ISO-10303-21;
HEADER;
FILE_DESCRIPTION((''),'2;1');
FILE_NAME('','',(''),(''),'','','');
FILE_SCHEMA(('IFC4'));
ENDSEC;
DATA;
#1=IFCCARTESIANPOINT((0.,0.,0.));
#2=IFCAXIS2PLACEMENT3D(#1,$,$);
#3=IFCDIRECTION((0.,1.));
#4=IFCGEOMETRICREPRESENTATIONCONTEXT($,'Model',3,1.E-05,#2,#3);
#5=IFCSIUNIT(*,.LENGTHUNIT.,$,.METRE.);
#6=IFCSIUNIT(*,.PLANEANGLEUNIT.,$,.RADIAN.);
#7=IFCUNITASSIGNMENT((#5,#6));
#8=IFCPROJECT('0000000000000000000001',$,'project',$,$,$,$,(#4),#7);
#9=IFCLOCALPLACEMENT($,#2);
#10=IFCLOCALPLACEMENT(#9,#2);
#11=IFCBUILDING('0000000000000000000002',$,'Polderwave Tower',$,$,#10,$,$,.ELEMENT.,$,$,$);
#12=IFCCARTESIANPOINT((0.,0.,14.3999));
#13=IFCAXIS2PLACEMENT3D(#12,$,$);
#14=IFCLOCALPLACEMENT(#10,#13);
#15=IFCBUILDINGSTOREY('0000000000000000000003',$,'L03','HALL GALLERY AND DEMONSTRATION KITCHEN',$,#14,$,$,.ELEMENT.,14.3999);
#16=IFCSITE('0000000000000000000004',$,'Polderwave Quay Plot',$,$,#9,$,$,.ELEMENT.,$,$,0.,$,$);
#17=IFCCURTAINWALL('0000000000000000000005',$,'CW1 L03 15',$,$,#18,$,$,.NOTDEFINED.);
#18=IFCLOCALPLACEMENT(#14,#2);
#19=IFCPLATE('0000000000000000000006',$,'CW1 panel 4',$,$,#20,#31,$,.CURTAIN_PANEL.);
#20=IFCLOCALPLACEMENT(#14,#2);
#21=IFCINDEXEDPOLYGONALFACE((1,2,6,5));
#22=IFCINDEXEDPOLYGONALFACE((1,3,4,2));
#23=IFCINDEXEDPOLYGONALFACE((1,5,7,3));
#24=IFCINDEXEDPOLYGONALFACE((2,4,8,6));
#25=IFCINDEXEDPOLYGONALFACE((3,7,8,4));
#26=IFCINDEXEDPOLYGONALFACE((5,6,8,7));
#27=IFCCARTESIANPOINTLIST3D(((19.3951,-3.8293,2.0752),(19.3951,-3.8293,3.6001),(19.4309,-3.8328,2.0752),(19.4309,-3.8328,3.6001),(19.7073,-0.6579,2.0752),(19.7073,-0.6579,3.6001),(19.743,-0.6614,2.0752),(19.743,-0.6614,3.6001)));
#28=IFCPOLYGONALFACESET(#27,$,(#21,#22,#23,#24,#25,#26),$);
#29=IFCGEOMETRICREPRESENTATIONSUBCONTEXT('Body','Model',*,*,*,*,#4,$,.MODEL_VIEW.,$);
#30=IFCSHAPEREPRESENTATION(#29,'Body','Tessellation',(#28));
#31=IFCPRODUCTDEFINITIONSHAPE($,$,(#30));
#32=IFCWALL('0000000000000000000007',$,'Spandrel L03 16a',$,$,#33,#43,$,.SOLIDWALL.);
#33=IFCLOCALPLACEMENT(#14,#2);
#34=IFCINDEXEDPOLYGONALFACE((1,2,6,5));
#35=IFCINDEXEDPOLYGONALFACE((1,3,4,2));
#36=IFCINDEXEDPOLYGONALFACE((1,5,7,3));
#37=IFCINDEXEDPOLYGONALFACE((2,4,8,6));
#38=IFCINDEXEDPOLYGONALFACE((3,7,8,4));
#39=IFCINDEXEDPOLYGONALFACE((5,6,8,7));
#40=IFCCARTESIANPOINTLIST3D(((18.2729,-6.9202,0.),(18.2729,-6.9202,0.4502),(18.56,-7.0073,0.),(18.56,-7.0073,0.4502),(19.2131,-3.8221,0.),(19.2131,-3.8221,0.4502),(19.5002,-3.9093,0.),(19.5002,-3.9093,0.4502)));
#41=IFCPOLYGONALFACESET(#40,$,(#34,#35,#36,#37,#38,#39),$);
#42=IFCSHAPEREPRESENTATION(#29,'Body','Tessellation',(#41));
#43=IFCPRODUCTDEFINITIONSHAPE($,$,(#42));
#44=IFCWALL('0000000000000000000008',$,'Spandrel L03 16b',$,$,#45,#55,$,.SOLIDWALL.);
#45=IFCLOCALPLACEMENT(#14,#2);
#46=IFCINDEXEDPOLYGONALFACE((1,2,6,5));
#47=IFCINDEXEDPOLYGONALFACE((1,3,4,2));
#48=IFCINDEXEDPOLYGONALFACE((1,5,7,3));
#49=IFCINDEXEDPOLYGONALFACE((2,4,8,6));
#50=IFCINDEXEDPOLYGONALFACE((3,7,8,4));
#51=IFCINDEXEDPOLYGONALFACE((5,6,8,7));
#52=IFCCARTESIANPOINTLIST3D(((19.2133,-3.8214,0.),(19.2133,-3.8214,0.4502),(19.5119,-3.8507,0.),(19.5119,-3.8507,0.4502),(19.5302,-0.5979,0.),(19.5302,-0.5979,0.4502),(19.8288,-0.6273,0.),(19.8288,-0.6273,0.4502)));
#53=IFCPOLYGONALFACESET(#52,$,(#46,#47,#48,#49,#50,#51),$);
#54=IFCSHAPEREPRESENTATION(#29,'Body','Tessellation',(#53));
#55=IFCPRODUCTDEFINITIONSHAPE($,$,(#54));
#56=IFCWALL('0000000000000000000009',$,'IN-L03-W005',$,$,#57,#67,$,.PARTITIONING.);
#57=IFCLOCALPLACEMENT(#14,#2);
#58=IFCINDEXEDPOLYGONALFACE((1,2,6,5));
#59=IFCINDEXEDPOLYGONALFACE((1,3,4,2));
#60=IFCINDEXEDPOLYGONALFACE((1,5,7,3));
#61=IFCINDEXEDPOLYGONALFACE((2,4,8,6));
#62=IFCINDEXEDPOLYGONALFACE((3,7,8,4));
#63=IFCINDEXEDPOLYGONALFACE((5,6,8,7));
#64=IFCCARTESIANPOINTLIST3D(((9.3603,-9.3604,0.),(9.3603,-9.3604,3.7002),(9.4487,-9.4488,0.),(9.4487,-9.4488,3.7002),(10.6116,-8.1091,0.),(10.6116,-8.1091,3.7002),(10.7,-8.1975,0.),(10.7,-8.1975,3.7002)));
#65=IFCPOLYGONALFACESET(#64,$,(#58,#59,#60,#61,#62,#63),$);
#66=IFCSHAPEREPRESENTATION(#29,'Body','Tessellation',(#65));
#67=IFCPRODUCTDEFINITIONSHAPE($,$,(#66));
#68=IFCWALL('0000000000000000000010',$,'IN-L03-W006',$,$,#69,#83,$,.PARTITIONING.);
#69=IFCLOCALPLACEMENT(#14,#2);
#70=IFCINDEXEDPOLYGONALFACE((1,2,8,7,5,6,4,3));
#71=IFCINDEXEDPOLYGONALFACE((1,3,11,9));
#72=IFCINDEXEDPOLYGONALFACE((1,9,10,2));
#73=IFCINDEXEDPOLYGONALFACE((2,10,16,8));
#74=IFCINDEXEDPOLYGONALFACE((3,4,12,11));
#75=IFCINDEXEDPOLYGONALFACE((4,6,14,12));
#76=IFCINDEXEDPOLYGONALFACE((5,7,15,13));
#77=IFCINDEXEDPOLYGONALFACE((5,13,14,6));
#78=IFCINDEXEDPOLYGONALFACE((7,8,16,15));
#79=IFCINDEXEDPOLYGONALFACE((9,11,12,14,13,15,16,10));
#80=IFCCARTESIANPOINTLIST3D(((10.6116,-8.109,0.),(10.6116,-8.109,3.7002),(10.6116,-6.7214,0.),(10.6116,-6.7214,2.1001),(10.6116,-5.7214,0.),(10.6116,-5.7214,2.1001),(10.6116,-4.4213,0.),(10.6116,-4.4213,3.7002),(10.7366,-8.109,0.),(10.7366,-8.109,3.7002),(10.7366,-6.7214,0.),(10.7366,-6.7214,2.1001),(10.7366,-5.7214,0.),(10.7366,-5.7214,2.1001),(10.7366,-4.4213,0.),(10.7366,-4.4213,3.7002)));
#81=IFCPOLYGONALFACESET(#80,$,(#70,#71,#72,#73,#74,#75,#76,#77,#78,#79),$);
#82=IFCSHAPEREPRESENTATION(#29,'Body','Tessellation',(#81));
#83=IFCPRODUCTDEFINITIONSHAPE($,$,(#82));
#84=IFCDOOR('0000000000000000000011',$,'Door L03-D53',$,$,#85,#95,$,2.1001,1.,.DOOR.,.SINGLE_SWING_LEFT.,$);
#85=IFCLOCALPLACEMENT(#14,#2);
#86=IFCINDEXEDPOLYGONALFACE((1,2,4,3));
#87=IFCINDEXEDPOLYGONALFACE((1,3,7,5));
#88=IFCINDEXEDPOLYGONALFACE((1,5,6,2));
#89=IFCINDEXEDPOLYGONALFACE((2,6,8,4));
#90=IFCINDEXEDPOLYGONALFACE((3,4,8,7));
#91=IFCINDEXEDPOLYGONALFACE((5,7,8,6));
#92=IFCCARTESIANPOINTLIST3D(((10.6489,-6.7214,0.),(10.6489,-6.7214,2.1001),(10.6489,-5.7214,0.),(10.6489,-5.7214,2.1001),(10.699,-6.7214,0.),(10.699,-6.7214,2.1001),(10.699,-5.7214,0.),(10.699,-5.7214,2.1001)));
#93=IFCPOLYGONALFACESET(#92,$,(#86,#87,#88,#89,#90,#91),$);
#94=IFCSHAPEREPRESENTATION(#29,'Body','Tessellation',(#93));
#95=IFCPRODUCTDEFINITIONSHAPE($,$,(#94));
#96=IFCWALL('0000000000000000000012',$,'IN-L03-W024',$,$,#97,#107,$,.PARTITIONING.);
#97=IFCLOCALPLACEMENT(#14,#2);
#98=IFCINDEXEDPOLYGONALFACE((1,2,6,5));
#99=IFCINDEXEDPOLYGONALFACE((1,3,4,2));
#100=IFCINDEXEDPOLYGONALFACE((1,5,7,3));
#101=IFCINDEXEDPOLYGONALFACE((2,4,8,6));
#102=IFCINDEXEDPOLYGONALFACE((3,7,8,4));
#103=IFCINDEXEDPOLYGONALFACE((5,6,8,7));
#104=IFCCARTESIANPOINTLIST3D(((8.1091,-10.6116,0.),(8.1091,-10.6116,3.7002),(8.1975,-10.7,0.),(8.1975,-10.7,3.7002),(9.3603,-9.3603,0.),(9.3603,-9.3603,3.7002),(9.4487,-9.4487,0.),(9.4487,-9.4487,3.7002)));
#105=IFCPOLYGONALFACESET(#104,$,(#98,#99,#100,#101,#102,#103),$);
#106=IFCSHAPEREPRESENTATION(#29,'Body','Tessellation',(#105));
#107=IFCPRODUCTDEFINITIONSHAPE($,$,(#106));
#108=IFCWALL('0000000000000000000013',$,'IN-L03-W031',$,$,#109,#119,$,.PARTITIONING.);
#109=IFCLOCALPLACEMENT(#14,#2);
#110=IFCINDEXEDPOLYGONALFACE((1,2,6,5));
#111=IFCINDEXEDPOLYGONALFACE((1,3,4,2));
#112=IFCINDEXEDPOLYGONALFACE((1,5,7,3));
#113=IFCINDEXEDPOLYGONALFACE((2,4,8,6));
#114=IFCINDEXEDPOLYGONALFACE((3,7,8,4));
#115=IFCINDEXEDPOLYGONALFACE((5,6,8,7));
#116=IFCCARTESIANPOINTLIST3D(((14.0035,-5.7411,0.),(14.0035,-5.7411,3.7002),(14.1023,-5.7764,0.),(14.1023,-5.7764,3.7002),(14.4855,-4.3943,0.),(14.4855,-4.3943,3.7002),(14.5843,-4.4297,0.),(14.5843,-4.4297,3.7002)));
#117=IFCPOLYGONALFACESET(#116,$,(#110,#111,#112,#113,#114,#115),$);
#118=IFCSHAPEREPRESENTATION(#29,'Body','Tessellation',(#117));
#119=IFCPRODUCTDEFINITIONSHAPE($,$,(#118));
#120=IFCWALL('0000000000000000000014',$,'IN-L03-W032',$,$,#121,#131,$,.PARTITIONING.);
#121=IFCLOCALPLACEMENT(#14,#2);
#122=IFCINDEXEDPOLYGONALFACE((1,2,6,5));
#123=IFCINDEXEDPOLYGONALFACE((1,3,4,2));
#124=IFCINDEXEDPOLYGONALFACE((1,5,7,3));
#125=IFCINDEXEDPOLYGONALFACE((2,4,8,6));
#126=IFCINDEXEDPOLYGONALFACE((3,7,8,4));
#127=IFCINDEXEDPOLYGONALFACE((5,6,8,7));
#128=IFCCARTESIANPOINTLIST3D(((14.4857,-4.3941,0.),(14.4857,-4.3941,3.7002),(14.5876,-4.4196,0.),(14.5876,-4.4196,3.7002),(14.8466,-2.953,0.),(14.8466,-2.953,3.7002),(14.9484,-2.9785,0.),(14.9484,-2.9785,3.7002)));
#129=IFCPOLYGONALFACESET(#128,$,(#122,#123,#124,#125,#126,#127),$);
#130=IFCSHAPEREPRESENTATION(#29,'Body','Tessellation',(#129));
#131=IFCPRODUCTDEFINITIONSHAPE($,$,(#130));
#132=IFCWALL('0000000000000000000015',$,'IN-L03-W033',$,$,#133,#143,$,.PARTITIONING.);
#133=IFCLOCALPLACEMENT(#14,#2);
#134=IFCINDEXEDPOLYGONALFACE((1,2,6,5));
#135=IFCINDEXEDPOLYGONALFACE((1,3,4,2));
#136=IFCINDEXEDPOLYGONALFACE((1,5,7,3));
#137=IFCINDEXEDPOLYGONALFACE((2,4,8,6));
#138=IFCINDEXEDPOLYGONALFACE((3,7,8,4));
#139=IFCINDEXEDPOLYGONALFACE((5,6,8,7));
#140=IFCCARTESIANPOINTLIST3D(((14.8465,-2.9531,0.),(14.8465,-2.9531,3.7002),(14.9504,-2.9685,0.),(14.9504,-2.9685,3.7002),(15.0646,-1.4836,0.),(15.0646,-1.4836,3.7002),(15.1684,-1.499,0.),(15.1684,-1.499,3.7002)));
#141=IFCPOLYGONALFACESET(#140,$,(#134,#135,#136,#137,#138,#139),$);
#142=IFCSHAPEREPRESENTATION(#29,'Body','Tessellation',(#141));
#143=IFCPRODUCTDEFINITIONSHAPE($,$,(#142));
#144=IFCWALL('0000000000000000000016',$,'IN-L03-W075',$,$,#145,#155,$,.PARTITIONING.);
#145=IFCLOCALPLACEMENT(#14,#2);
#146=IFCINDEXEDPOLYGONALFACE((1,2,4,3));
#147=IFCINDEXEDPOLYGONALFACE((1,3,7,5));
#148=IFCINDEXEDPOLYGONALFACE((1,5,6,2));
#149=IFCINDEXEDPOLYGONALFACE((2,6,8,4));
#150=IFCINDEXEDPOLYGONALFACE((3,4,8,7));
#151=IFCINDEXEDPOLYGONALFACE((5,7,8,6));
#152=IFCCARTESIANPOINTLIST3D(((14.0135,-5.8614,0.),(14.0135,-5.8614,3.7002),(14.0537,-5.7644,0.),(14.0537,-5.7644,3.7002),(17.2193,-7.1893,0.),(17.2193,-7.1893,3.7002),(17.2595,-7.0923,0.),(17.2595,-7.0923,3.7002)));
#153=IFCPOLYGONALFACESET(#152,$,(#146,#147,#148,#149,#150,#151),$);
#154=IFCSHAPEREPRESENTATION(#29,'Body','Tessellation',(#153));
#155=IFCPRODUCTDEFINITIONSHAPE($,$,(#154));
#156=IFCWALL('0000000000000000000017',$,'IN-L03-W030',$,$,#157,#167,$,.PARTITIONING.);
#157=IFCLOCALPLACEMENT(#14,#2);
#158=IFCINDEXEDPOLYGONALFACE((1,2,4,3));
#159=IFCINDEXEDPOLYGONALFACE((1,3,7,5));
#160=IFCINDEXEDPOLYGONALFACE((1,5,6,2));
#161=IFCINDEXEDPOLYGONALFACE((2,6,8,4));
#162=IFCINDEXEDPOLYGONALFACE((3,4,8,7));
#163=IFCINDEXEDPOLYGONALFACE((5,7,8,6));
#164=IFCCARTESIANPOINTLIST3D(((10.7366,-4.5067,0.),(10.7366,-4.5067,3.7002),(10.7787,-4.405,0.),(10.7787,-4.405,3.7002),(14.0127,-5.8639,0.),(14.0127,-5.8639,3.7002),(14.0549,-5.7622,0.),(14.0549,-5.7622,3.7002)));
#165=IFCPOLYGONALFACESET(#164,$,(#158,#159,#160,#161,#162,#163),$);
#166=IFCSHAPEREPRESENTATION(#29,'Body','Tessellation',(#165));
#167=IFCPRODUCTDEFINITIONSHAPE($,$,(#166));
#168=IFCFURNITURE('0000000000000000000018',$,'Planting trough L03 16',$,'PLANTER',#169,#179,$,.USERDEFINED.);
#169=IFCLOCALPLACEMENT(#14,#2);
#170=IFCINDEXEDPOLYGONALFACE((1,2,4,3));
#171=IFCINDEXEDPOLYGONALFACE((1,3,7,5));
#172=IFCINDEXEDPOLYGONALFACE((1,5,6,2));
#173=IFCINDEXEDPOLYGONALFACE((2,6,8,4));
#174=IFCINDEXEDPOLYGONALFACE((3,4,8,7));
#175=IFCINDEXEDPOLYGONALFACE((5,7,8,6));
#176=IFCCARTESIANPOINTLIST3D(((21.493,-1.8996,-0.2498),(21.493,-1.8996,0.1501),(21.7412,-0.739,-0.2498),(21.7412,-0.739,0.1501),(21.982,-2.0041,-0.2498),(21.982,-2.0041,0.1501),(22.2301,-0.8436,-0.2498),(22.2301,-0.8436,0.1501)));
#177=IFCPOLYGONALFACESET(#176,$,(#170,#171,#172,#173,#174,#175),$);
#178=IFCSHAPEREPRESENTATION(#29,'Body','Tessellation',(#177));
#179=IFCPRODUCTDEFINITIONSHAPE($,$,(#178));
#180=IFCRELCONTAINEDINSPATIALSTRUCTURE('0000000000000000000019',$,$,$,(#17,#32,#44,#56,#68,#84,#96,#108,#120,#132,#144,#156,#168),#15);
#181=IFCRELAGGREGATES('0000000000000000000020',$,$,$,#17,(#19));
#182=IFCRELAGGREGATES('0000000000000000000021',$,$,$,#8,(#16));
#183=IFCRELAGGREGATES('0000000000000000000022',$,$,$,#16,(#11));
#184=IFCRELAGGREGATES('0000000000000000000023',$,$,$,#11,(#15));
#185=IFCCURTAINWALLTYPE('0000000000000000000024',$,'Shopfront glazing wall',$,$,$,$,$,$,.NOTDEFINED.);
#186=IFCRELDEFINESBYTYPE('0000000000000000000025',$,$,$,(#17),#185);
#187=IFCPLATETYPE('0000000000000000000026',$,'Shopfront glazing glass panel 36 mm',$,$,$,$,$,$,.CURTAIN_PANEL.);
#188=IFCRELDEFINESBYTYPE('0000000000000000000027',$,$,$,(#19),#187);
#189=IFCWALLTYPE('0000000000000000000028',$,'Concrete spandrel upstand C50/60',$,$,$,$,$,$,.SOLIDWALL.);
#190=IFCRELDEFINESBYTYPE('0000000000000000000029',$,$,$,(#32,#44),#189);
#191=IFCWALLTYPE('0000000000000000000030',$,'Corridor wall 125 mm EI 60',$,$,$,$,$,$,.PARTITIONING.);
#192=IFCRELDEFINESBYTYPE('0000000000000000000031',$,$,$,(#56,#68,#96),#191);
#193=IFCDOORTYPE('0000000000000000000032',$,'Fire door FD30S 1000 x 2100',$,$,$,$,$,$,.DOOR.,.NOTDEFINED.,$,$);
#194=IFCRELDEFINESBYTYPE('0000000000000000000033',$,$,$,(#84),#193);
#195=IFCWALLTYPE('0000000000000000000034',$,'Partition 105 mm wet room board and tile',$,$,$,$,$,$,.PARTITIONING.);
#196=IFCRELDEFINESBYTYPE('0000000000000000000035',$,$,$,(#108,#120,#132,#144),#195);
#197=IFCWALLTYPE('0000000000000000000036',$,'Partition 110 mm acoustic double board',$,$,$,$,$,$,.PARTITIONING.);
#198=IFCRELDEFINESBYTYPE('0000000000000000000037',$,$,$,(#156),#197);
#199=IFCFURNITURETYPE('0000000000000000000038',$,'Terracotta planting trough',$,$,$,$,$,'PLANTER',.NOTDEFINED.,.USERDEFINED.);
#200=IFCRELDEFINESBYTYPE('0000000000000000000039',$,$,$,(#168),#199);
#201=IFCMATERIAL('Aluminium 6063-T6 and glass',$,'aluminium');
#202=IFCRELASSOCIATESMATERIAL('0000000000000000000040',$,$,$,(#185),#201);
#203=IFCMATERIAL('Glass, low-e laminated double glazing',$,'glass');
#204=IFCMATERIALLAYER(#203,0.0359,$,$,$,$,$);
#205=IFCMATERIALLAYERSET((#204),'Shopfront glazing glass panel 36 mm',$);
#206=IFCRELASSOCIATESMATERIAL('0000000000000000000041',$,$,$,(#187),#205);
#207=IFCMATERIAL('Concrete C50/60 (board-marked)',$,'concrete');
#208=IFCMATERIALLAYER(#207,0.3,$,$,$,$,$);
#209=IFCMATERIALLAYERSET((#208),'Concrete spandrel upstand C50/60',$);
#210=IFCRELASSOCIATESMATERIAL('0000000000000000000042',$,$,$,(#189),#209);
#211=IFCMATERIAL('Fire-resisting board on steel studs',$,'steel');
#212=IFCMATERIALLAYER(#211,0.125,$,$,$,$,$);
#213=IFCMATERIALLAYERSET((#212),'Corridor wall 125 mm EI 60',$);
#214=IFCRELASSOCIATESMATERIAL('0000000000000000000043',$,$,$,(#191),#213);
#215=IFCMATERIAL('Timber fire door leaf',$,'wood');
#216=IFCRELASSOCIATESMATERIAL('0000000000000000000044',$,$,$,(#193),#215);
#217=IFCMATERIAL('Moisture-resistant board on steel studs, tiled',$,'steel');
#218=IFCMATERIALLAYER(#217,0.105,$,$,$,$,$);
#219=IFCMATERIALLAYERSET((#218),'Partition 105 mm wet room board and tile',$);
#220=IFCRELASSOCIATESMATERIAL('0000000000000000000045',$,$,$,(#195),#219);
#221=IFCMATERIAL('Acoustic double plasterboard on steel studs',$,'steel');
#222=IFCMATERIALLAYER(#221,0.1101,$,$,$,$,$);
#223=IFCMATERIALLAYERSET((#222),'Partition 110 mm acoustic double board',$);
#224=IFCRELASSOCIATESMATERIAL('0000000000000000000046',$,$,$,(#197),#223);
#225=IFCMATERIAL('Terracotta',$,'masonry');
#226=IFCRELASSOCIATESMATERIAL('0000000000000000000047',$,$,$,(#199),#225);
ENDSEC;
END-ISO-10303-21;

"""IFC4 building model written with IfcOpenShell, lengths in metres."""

from ifc_helpers import new_model, si_unit, direction, frame, frame_2d, origin, origin_2d, place, context, subcontext, project, spatial, rectangle, extrude, material, layer, layer_set, type_object, element, fill, aggregate, save


model = new_model("IFC4")

# Units and contexts
model_context = context("Model", 3, precision=1e-05, world=origin(), true_north=direction((0.0, 1.0)))
body_context = subcontext(model_context, "Body", "Model", "MODEL_VIEW")
ifc_project = project(units=[si_unit("LENGTHUNIT", "METRE"), si_unit("PLANEANGLEUNIT", "RADIAN")], contexts=[model_context])

# Site, building, storey
site_placement = place(None, origin())
site = spatial("IfcSite", under=ifc_project, at=site_placement, Name="Polderwave Quay Plot", CompositionType="ELEMENT", RefElevation=0.0)
building_placement = place(site_placement, origin())
building = spatial("IfcBuilding", under=site, at=building_placement, Name="Polderwave Tower", CompositionType="ELEMENT")
storey_placement = place(building_placement, frame((0.0, 0.0, 14.3999)))
storey = spatial("IfcBuildingStorey", under=building, at=storey_placement, Name="L03", Description="HALL GALLERY AND DEMONSTRATION KITCHEN", CompositionType="ELEMENT", Elevation=14.3999)

# Shared definitions
ifc_material_1 = material(Name="Aluminium 6063-T6 and glass", Category="aluminium")
curtain_wall_type = type_object("IfcCurtainWallType", Name="Shopfront glazing wall", PredefinedType="NOTDEFINED", material=ifc_material_1)

# Curtain wall, plate
curtain_wall_1_placement = place(storey_placement, origin())
curtain_wall_1 = element("IfcCurtainWall", 1, at=curtain_wall_1_placement, inside=storey, type_object=curtain_wall_type, Name="CW1 L03 15", PredefinedType="NOTDEFINED")
ifc_material_2 = material(Name="Glass, low-e laminated double glazing", Category="glass")
ifc_layer_1 = layer(ifc_material_2, 0.0359)
ifc_layer_set_1 = layer_set([ifc_layer_1], Name="Shopfront glazing glass panel 36 mm")
plate_type = type_object("IfcPlateType", Name="Shopfront glazing glass panel 36 mm", PredefinedType="CURTAIN_PANEL", material=ifc_layer_set_1)
plate_1_placement = place(storey_placement, frame((19.5691, -2.2454, 2.0752), z_axis=(0.0, 0.0, 1.0), x_axis=(0.097963, 0.99519, 0.0)))
plate_1 = element("IfcPlate", 2, at=plate_1_placement, type_object=plate_type, Name="CW1 panel 4", PredefinedType="CURTAIN_PANEL", context=body_context, shape_type="SweptSolid", body=[
    extrude(rectangle(XDim=3.1868, YDim=0.0359, at=origin_2d()), origin(), (0.0, 0.0, 1.0), 1.5249),
])
aggregate(curtain_wall_1, [plate_1])

# Walls
ifc_material_3 = material(Name="Concrete C50/60 (board-marked)", Category="concrete")
ifc_layer_2 = layer(ifc_material_3, 0.3)
ifc_layer_set_2 = layer_set([ifc_layer_2], Name="Concrete spandrel upstand C50/60")
wall_type_1 = type_object("IfcWallType", Name="Concrete spandrel upstand C50/60", PredefinedType="SOLIDWALL", material=ifc_layer_set_2)
wall_1_placement = place(storey_placement, frame((18.4165, -6.9636, 0.0), z_axis=(0.0, 0.0, 1.0), x_axis=(0.29039, 0.956908, 0.0)))
element("IfcWall", 3, at=wall_1_placement, inside=storey, type_object=wall_type_1, Name="Spandrel L03 16a", PredefinedType="SOLIDWALL", context=body_context, shape_type="SweptSolid", body=[
    extrude(rectangle(XDim=3.2375, YDim=0.3, at=frame_2d((1.6187, 0.0))), origin(), (0.0, 0.0, 1.0), 0.4502),
])
wall_2_placement = place(storey_placement, frame((19.3625, -3.8362, 0.0), z_axis=(0.0, 0.0, 1.0), x_axis=(0.097839, 0.995202, 0.0)))
element("IfcWall", 4, at=wall_2_placement, inside=storey, type_object=wall_type_1, Name="Spandrel L03 16b", PredefinedType="SOLIDWALL", context=body_context, shape_type="SweptSolid", body=[
    extrude(rectangle(XDim=3.239, YDim=0.3, at=frame_2d((1.6196, 0.0))), origin(), (0.0, 0.0, 1.0), 0.4502),
])
ifc_material_4 = material(Name="Fire-resisting board on steel studs", Category="steel")
ifc_layer_3 = layer(ifc_material_4, 0.125)
ifc_layer_set_3 = layer_set([ifc_layer_3], Name="Corridor wall 125 mm EI 60")
wall_type_2 = type_object("IfcWallType", Name="Corridor wall 125 mm EI 60", PredefinedType="PARTITIONING", material=ifc_layer_set_3)
wall_3_placement = place(storey_placement, frame((10.6558, -8.1533, 0.0), z_axis=(0.0, 0.0, 1.0), x_axis=(-0.707107, -0.707107, 0.0)))
element("IfcWall", 5, at=wall_3_placement, inside=storey, type_object=wall_type_2, Name="IN-L03-W005", PredefinedType="PARTITIONING", context=body_context, shape_type="SweptSolid", body=[
    extrude(rectangle(XDim=1.7695, YDim=0.125, at=frame_2d((0.8848, 0.0))), origin(), (0.0, 0.0, 1.0), 3.7002),
])

# Wall, opening, door
wall_4_placement = place(storey_placement, frame((10.6741, -4.4214, 0.0), z_axis=(0.0, 0.0, 1.0), x_axis=(0.0, -1.0, 0.0)))
wall_4 = element("IfcWall", 6, at=wall_4_placement, inside=storey, type_object=wall_type_2, Name="IN-L03-W006", PredefinedType="PARTITIONING", context=body_context, shape_type="SweptSolid", body=[
    extrude(rectangle(XDim=3.6877, YDim=0.125, at=frame_2d((1.8438, 0.0))), origin(), (0.0, 0.0, 1.0), 3.7002),
])
opening_placement = place(wall_4_placement, frame((1.3, 0.0, 0.0)))
opening = element("IfcOpeningElement", 7, at=opening_placement, cuts=wall_4, PredefinedType="OPENING", context=body_context, shape_type="SweptSolid", body=[
    extrude(rectangle(XDim=1.0, YDim=2.1001, at=frame_2d((0.5, 1.05))), frame((0.0, 0.0725, 0.0), z_axis=(0.0, -1.0, 0.0), x_axis=(1.0, 0.0, 0.0)), (0.0, 0.0, 1.0), 0.145),
])
ifc_material_5 = material(Name="Timber fire door leaf", Category="wood")
door_type = type_object("IfcDoorType", Name="Fire door FD30S 1000 x 2100", OperationType="NOTDEFINED", PredefinedType="DOOR", material=ifc_material_5)
door_placement = place(opening_placement, origin())
door = element("IfcDoor", 8, at=door_placement, inside=storey, type_object=door_type, Name="Door L03-D53", OperationType="SINGLE_SWING_LEFT", OverallHeight=2.1001, OverallWidth=1.0, PredefinedType="DOOR", context=body_context, shape_type="SweptSolid", body=[
    extrude(rectangle(XDim=1.0, YDim=2.1001, at=frame_2d((0.5, 1.05))), frame((0.0, 0.0249, 0.0), z_axis=(0.0, -1.0, 0.0), x_axis=(1.0, 0.0, 0.0)), (0.0, 0.0, 1.0), 0.05),
])
fill(opening, door)

# Walls
wall_5_placement = place(storey_placement, frame((9.4045, -9.4045, 0.0), z_axis=(0.0, 0.0, 1.0), x_axis=(-0.707107, -0.707107, 0.0)))
element("IfcWall", 9, at=wall_5_placement, inside=storey, type_object=wall_type_2, Name="IN-L03-W024", PredefinedType="PARTITIONING", context=body_context, shape_type="SweptSolid", body=[
    extrude(rectangle(XDim=1.7695, YDim=0.125, at=frame_2d((0.8848, 0.0))), origin(), (0.0, 0.0, 1.0), 3.7002),
])
ifc_material_6 = material(Name="Moisture-resistant board on steel studs, tiled", Category="steel")
ifc_layer_4 = layer(ifc_material_6, 0.105)
ifc_layer_set_4 = layer_set([ifc_layer_4], Name="Partition 105 mm wet room board and tile")
wall_type_3 = type_object("IfcWallType", Name="Partition 105 mm wet room board and tile", PredefinedType="PARTITIONING", material=ifc_layer_set_4)
wall_6_placement = place(storey_placement, frame((14.5349, -4.4119, 0.0), z_axis=(0.0, 0.0, 1.0), x_axis=(-0.336942, -0.941525, 0.0)))
element("IfcWall", 10, at=wall_6_placement, inside=storey, type_object=wall_type_3, Name="IN-L03-W031", PredefinedType="PARTITIONING", context=body_context, shape_type="SweptSolid", body=[
    extrude(rectangle(XDim=1.4304, YDim=0.105, at=frame_2d((0.7153, 0.0))), origin(), (0.0, 0.0, 1.0), 3.7002),
])
for number, where, z_axis, x_axis, name in (
    (11, (14.8975, -2.9658, 0.0), (0.0, 0.0, 1.0), (-0.242884, -0.970055, 0.0), "IN-L03-W032"),
    (12, (15.1165, -1.4915, 0.0), (0.0, 0.0, 1.0), (-0.146757, -0.989173, 0.0), "IN-L03-W033"),
):
    element("IfcWall", number, at=place(storey_placement, frame(where, z_axis=z_axis, x_axis=x_axis)), inside=storey, type_object=wall_type_3, Name=name, PredefinedType="PARTITIONING", context=body_context, shape_type="SweptSolid", body=[
        extrude(rectangle(XDim=1.4856, YDim=0.105, at=frame_2d((0.7427, 0.0))), origin(), (0.0, 0.0, 1.0), 3.7002),
    ])
wall_7_placement = place(storey_placement, frame((14.0337, -5.813, 0.0), z_axis=(0.0, 0.0, 1.0), x_axis=(0.92388, -0.382681, 0.0)))
element("IfcWall", 13, at=wall_7_placement, inside=storey, type_object=wall_type_3, Name="IN-L03-W075", PredefinedType="PARTITIONING", context=body_context, shape_type="SweptSolid", body=[
    extrude(rectangle(XDim=3.47, YDim=0.105, at=frame_2d((1.7349, 0.0))), origin(), (0.0, 0.0, 1.0), 3.7002),
])
ifc_material_7 = material(Name="Acoustic double plasterboard on steel studs", Category="steel")
ifc_layer_5 = layer(ifc_material_7, 0.1101)
ifc_layer_set_5 = layer_set([ifc_layer_5], Name="Partition 110 mm acoustic double board")
wall_type_4 = type_object("IfcWallType", Name="Partition 110 mm acoustic double board", PredefinedType="PARTITIONING", material=ifc_layer_set_5)
wall_8_placement = place(storey_placement, frame((14.0337, -5.813, 0.0), z_axis=(0.0, 0.0, 1.0), x_axis=(-0.923863, 0.382723, 0.0)))
element("IfcWall", 14, at=wall_8_placement, inside=storey, type_object=wall_type_4, Name="IN-L03-W030", PredefinedType="PARTITIONING", context=body_context, shape_type="SweptSolid", body=[
    extrude(rectangle(XDim=3.5461, YDim=0.1101, at=frame_2d((1.7729, 0.0))), origin(), (0.0, 0.0, 1.0), 3.7002),
])

# Furniture
ifc_material_8 = material(Name="Terracotta", Category="masonry")
furniture_type = type_object("IfcFurnitureType", Name="Terracotta planting trough", ElementType="PLANTER", AssemblyPlace="NOTDEFINED", PredefinedType="USERDEFINED", material=ifc_material_8)
furniture_placement = place(storey_placement, frame((21.8616, -1.3716, -0.2498), z_axis=(0.0, 0.0, 1.0), x_axis=(0.209124, 0.977889, 0.0)))
element("IfcFurniture", 15, at=furniture_placement, inside=storey, type_object=furniture_type, Name="Planting trough L03 16", ObjectType="PLANTER", PredefinedType="USERDEFINED", context=body_context, shape_type="SweptSolid", body=[
    extrude(rectangle(XDim=1.1868, YDim=0.5, at=origin_2d()), origin(), (0.0, 0.0, 1.0), 0.3999),
])

save(model, "model.ifc")
